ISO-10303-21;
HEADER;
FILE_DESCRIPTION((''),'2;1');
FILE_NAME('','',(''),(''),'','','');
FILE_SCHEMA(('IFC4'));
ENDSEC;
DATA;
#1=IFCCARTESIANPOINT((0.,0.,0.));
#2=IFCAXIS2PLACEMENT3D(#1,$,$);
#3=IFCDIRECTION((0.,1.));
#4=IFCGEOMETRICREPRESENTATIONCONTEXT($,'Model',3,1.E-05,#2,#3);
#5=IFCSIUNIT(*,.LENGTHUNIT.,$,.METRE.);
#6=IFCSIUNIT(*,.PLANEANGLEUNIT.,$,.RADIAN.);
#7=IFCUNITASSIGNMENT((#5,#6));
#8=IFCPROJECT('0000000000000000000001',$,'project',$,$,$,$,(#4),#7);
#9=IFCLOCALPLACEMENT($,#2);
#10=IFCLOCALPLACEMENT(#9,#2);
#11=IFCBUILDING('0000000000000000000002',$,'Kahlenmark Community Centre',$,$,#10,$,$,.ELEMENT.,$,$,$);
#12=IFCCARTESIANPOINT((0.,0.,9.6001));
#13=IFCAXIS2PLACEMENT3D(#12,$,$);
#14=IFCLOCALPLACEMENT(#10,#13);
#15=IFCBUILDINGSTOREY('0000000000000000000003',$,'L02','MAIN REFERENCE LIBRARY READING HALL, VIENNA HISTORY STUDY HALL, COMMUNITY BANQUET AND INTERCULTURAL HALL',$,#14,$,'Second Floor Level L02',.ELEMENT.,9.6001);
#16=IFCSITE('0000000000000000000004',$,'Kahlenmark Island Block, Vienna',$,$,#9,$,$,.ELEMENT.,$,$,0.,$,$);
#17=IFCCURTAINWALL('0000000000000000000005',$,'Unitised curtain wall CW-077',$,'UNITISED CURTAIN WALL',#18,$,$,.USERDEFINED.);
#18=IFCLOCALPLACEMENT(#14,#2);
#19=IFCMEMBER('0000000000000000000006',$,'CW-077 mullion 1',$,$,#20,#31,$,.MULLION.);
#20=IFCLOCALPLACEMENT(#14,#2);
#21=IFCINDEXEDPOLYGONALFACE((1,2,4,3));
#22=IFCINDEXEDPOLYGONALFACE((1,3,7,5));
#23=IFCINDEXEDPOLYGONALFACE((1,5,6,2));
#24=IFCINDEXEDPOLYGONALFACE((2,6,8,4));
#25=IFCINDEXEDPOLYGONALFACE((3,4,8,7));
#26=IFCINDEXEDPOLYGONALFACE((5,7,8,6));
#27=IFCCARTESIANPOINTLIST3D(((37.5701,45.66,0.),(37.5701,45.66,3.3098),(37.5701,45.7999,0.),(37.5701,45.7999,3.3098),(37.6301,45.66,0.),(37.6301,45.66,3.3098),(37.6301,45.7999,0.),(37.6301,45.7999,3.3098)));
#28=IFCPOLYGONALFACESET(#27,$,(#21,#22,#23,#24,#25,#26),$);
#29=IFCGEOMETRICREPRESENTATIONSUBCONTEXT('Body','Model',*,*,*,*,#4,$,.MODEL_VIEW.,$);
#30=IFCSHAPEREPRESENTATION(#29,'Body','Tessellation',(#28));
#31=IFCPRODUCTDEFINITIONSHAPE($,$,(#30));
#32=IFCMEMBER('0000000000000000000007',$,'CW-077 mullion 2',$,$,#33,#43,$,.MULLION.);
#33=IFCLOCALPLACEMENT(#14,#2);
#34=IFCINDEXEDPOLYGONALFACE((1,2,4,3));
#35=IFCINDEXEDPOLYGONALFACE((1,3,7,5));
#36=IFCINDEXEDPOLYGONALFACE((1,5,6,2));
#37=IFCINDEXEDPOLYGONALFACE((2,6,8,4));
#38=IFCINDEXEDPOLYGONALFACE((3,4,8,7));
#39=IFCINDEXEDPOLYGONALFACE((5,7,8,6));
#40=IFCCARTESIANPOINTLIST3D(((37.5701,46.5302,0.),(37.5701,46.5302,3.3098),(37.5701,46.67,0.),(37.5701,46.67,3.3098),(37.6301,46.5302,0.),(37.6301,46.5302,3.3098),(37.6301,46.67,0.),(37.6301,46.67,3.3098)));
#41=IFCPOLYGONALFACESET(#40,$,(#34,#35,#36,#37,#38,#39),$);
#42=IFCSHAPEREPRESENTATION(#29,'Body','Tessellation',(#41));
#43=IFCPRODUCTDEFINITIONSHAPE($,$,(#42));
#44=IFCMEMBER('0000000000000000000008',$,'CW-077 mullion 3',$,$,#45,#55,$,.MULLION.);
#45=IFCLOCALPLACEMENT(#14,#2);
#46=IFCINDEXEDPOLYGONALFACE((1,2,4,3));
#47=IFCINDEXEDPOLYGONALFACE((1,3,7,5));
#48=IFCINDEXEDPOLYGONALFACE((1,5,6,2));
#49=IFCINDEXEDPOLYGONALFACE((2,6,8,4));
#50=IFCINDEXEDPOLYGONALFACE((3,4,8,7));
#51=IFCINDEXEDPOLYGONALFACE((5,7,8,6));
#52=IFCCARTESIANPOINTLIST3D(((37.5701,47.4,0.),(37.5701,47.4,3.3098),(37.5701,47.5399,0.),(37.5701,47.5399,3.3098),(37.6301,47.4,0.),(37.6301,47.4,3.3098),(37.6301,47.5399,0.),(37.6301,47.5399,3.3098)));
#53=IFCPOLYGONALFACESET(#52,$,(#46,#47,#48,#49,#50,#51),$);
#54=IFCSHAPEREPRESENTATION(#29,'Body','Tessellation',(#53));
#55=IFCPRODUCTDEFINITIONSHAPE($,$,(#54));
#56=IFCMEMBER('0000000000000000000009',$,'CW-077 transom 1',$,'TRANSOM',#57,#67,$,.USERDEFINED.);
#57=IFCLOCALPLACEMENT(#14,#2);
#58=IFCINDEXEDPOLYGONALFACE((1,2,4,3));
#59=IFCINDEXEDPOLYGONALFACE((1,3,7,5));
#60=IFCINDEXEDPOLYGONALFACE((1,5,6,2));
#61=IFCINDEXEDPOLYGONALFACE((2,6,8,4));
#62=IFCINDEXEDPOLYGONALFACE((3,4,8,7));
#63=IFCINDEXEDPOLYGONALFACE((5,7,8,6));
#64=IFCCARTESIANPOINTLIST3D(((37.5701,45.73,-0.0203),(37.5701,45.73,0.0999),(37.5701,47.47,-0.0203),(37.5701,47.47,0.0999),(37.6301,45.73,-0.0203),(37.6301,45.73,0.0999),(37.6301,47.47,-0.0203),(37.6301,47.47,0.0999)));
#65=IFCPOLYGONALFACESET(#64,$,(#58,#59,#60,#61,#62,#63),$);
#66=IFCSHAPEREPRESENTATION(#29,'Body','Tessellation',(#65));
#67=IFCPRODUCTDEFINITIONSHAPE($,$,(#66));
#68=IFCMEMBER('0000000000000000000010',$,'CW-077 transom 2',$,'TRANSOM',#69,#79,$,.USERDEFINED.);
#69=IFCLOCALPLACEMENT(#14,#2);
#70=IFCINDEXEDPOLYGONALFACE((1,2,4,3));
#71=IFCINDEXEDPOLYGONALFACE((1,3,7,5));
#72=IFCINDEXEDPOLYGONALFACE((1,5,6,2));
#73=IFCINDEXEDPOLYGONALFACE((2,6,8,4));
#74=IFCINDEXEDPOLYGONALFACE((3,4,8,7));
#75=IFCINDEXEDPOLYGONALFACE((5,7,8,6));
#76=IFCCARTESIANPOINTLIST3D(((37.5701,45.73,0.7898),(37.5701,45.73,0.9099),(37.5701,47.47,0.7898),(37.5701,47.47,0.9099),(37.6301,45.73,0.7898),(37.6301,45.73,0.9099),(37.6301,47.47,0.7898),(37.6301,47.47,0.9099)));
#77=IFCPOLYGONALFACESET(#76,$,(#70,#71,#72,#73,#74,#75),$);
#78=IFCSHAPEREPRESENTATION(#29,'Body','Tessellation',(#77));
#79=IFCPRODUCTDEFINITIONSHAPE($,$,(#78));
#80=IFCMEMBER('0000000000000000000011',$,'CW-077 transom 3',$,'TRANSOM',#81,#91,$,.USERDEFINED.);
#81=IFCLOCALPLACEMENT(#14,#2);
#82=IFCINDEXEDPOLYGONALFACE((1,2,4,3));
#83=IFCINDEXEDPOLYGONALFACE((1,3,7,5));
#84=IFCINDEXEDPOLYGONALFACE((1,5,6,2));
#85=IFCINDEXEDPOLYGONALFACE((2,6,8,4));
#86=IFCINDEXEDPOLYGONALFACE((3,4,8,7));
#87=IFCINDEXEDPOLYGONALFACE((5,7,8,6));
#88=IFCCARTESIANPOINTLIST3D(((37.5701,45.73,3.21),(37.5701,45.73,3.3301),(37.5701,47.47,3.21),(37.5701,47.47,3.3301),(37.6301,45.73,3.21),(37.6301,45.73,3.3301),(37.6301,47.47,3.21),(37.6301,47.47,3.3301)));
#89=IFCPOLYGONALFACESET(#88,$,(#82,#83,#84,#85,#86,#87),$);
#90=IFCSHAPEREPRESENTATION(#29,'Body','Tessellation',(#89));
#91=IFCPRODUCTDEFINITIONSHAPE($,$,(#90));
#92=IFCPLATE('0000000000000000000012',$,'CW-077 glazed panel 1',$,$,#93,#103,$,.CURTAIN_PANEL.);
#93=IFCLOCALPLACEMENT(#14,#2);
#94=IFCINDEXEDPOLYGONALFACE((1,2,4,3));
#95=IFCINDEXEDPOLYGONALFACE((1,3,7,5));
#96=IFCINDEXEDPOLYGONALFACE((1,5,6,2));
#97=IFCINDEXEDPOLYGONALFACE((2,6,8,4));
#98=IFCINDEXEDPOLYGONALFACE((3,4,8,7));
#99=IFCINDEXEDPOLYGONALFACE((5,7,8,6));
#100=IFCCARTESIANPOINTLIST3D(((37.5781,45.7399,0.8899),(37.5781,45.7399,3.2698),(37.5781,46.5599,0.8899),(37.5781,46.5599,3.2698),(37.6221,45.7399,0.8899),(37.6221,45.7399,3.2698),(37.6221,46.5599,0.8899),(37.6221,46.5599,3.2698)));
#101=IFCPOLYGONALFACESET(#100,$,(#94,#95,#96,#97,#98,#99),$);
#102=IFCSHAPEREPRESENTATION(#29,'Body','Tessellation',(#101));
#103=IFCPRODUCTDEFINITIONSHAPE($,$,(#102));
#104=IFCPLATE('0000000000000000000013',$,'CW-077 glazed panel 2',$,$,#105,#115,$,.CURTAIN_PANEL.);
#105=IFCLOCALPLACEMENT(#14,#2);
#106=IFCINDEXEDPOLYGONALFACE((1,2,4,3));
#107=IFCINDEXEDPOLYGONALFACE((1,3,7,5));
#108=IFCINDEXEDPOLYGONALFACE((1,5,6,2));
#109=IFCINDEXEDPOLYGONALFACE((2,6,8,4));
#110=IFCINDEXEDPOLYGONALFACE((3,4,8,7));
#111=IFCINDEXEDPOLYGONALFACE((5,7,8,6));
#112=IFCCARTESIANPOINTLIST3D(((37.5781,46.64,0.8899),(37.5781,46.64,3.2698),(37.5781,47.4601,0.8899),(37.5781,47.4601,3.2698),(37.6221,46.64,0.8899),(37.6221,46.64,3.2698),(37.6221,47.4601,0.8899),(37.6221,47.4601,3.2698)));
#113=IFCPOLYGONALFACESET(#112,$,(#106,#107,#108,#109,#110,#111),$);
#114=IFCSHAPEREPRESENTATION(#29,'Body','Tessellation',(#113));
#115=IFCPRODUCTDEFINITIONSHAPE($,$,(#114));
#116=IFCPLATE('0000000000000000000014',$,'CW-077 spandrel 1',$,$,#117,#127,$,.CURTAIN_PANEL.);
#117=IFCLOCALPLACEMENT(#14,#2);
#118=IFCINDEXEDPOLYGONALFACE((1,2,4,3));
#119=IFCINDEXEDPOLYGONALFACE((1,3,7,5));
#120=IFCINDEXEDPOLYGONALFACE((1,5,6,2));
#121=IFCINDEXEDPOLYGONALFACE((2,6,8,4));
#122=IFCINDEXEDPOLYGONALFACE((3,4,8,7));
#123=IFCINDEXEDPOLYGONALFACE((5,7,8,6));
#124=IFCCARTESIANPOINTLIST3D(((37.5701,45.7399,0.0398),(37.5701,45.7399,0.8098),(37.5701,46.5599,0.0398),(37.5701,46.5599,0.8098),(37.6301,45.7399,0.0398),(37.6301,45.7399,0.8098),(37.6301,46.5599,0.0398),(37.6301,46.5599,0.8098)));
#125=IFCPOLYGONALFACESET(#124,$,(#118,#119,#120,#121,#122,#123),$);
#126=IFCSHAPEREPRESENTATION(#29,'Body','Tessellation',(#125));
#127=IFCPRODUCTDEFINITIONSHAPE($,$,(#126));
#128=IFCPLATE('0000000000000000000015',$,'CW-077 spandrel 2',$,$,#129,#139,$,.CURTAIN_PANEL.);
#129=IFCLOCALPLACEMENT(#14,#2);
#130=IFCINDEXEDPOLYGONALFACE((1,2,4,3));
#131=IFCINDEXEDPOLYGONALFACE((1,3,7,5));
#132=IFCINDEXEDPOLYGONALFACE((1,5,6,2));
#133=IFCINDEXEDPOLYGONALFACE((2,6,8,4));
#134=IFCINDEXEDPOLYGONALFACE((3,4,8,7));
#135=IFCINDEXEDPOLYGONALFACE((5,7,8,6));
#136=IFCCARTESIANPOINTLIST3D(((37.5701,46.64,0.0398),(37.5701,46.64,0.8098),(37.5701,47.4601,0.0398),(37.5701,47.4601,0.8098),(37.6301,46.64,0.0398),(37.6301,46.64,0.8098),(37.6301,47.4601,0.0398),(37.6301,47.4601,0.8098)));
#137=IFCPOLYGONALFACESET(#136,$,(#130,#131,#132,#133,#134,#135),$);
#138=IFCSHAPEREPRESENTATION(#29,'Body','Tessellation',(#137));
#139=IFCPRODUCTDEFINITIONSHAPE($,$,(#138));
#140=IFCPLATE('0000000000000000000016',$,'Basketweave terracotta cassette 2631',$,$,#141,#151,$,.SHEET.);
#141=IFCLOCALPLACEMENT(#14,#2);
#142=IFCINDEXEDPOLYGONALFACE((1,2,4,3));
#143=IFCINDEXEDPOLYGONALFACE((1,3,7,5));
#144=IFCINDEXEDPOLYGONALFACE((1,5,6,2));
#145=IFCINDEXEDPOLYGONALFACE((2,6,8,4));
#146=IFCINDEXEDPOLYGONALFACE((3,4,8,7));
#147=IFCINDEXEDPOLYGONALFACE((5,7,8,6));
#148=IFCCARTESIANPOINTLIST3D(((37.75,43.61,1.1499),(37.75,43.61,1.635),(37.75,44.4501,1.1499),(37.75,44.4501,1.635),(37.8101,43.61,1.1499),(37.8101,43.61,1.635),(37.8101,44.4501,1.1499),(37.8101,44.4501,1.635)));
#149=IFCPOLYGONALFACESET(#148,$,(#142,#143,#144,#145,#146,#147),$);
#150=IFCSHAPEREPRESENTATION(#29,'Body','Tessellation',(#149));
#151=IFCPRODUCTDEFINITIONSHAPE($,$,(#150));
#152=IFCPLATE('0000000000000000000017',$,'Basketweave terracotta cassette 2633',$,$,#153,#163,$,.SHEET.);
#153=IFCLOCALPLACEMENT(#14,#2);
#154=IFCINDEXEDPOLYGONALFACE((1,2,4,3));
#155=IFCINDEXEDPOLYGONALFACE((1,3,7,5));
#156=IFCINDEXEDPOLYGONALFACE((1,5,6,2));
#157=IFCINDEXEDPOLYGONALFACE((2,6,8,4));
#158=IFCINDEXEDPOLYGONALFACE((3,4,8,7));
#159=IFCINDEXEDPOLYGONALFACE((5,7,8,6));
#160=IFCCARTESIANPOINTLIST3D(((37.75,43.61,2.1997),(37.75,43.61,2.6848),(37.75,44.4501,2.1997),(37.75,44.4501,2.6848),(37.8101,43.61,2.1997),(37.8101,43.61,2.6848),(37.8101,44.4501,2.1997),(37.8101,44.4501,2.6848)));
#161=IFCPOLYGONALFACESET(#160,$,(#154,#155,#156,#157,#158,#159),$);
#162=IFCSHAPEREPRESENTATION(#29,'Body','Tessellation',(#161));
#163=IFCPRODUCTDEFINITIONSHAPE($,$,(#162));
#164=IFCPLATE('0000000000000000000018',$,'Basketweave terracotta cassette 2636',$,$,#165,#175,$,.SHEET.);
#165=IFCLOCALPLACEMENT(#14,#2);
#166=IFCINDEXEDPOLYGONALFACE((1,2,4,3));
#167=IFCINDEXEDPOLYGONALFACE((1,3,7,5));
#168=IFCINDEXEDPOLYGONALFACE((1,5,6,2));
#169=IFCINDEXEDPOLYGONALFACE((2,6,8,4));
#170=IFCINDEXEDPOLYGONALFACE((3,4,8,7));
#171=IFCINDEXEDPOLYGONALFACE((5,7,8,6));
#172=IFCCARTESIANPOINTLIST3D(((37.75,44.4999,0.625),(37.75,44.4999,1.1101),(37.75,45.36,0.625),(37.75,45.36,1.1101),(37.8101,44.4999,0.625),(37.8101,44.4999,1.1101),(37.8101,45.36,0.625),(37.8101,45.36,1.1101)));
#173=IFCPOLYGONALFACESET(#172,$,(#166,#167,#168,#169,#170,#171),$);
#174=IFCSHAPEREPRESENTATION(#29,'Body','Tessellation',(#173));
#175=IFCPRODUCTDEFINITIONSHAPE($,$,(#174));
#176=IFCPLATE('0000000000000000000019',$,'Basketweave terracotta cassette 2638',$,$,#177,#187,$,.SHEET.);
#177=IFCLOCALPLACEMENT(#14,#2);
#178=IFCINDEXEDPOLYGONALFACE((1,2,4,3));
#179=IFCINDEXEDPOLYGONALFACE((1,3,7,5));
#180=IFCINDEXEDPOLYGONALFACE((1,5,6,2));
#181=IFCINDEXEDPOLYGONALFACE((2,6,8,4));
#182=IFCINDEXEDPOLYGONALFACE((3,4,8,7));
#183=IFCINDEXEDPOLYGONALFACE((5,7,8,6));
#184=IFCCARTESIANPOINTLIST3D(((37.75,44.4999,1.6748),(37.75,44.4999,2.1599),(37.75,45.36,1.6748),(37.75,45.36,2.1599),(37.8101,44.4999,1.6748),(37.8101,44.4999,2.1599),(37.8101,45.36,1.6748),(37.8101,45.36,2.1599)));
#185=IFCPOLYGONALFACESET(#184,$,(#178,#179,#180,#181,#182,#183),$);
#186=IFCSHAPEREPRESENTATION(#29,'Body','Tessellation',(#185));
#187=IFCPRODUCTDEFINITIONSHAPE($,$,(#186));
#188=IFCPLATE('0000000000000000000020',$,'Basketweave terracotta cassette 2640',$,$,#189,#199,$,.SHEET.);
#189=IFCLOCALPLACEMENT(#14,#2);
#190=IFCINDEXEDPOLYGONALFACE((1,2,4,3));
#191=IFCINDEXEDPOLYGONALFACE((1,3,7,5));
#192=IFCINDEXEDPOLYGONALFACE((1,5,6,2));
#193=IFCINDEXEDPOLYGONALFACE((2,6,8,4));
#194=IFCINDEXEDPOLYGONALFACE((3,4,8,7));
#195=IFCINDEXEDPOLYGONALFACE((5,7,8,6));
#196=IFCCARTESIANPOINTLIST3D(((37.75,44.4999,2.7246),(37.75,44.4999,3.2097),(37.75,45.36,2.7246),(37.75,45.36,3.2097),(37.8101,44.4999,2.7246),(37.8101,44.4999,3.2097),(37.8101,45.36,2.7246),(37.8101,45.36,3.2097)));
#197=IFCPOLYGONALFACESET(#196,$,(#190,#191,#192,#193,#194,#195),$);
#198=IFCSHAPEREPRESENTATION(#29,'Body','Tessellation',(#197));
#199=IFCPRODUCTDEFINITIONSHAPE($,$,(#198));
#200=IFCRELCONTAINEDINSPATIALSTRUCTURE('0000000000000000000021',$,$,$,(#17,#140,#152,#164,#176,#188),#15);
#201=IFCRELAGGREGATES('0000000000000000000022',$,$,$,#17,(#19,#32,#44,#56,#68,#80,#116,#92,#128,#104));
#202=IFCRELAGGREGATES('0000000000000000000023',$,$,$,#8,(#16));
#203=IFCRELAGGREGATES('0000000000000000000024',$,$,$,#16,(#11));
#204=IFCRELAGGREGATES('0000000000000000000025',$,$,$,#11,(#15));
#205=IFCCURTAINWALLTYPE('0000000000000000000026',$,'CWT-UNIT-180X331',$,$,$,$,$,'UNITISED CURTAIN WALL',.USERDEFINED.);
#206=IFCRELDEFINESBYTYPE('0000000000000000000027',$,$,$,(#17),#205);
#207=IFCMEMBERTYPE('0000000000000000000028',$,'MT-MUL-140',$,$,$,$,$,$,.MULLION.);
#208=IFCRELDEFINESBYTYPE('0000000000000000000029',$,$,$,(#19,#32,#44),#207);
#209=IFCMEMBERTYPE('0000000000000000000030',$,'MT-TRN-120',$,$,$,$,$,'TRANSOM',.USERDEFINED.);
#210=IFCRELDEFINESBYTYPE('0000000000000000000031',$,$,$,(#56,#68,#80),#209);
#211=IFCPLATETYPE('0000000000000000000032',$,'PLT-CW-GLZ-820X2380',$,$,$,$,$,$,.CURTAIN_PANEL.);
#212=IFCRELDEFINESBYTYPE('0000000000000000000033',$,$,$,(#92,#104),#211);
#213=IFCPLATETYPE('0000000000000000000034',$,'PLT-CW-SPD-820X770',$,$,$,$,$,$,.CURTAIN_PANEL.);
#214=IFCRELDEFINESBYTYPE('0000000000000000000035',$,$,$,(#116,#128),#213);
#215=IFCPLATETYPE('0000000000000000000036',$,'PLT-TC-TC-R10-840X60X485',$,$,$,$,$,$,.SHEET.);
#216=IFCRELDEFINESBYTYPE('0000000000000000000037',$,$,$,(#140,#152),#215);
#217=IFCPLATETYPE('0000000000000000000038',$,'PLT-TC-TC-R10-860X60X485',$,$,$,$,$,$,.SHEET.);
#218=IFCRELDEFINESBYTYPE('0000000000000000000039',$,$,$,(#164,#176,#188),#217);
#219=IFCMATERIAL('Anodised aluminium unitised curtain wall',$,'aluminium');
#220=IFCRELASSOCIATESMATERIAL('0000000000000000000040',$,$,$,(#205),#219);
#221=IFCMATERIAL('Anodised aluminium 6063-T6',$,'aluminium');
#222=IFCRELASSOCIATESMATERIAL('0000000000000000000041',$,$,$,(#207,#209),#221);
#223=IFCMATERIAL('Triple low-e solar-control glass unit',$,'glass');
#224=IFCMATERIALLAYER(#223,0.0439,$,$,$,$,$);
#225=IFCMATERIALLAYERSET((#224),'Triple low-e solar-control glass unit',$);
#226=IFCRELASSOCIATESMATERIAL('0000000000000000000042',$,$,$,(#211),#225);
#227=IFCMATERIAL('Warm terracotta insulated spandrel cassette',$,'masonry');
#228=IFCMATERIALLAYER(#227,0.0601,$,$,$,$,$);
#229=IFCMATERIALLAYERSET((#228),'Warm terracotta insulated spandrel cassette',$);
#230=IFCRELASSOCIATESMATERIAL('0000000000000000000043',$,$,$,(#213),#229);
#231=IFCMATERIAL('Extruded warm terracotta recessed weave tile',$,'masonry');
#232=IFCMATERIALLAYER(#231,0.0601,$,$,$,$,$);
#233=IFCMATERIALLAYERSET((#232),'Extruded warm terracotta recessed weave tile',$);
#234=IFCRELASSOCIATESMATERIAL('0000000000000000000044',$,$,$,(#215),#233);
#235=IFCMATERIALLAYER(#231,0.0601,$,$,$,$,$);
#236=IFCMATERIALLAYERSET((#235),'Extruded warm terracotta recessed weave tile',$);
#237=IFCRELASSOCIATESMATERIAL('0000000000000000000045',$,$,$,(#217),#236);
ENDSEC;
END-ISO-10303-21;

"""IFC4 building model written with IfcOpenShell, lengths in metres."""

from ifc_helpers import new_model, si_unit, direction, frame, origin, origin_2d, place, context, subcontext, project, spatial, rectangle, extrude, material, layer, layer_set, material_profile, profile_set, type_object, element, aggregate, save


model = new_model("IFC4")

# Units and contexts
model_context = context("Model", 3, precision=1e-05, world=origin(), true_north=direction((0.0, 1.0)))
body_context = subcontext(model_context, "Body", "Model", "MODEL_VIEW")
ifc_project = project(units=[si_unit("LENGTHUNIT", "METRE"), si_unit("PLANEANGLEUNIT", "RADIAN")], contexts=[model_context])

# Site, building, storey
site_placement = place(None, origin())
site = spatial("IfcSite", under=ifc_project, at=site_placement, Name="Kahlenmark Island Block, Vienna", CompositionType="ELEMENT", RefElevation=0.0)
building_placement = place(site_placement, origin())
building = spatial("IfcBuilding", under=site, at=building_placement, Name="Kahlenmark Community Centre", CompositionType="ELEMENT")
storey_placement = place(building_placement, frame((0.0, 0.0, 9.6001)))
storey = spatial("IfcBuildingStorey", under=building, at=storey_placement, Name="L02", Description="MAIN REFERENCE LIBRARY READING HALL, VIENNA HISTORY STUDY HALL, COMMUNITY BANQUET AND INTERCULTURAL HALL", LongName="Second Floor Level L02", CompositionType="ELEMENT", Elevation=9.6001)

# Curtain wall, members, plates
ifc_material_1 = material(Name="Anodised aluminium unitised curtain wall", Category="aluminium")
curtain_wall_type = type_object("IfcCurtainWallType", Name="CWT-UNIT-180X331", ElementType="UNITISED CURTAIN WALL", PredefinedType="USERDEFINED", material=ifc_material_1)
curtain_wall_placement = place(storey_placement, origin())
curtain_wall = element("IfcCurtainWall", 1, at=curtain_wall_placement, inside=storey, type_object=curtain_wall_type, Name="Unitised curtain wall CW-077", ObjectType="UNITISED CURTAIN WALL", PredefinedType="USERDEFINED")
ifc_material_2 = material(Name="Anodised aluminium 6063-T6", Category="aluminium")
ifc_material_profile_1 = material_profile(ifc_material_2, rectangle(XDim=0.0601, YDim=0.1399, at=origin_2d()), Name="ALU MULLION 60x140")
ifc_profile_set_1 = profile_set([ifc_material_profile_1], Name="Anodised aluminium 6063-T6")
member_type_1 = type_object("IfcMemberType", Name="MT-MUL-140", PredefinedType="MULLION", material=ifc_profile_set_1)
member_1_placement = place(storey_placement, frame((37.6001, 45.73, 0.0), z_axis=(0.0, 0.0, 1.0), x_axis=(-1.0, 0.0, 0.0)))
member_1 = element("IfcMember", 2, at=member_1_placement, type_object=member_type_1, Name="CW-077 mullion 1", PredefinedType="MULLION", context=body_context, shape_type="SweptSolid", body=[
    extrude(rectangle(XDim=0.0601, YDim=0.1399, at=origin_2d()), origin(), (0.0, 0.0, 1.0), 3.3098),
])
member_2_placement = place(storey_placement, frame((37.6001, 46.6001, 0.0), z_axis=(0.0, 0.0, 1.0), x_axis=(-1.0, 0.0, 0.0)))
member_2 = element("IfcMember", 3, at=member_2_placement, type_object=member_type_1, Name="CW-077 mullion 2", PredefinedType="MULLION", context=body_context, shape_type="SweptSolid", body=[
    extrude(rectangle(XDim=0.0601, YDim=0.1399, at=origin_2d()), origin(), (0.0, 0.0, 1.0), 3.3098),
])
member_3_placement = place(storey_placement, frame((37.6001, 47.47, 0.0), z_axis=(0.0, 0.0, 1.0), x_axis=(-1.0, 0.0, 0.0)))
member_3 = element("IfcMember", 4, at=member_3_placement, type_object=member_type_1, Name="CW-077 mullion 3", PredefinedType="MULLION", context=body_context, shape_type="SweptSolid", body=[
    extrude(rectangle(XDim=0.0601, YDim=0.1399, at=origin_2d()), origin(), (0.0, 0.0, 1.0), 3.3098),
])
ifc_material_profile_2 = material_profile(ifc_material_2, rectangle(XDim=0.0601, YDim=0.1201, at=origin_2d()), Name="ALU TRANSOM 60x120")
ifc_profile_set_2 = profile_set([ifc_material_profile_2], Name="Anodised aluminium 6063-T6")
member_type_2 = type_object("IfcMemberType", Name="MT-TRN-120", ElementType="TRANSOM", PredefinedType="USERDEFINED", material=ifc_profile_set_2)
member_4_placement = place(storey_placement, frame((37.6001, 45.73, 0.0398), z_axis=(0.0, 1.0, 0.0), x_axis=(-1.0, 0.0, 0.0)))
member_4 = element("IfcMember", 5, at=member_4_placement, type_object=member_type_2, Name="CW-077 transom 1", ObjectType="TRANSOM", PredefinedType="USERDEFINED", context=body_context, shape_type="SweptSolid", body=[
    extrude(rectangle(XDim=0.0601, YDim=0.1201, at=origin_2d()), origin(), (0.0, 0.0, 1.0), 1.74),
])
member_5_placement = place(storey_placement, frame((37.6001, 45.73, 0.8499), z_axis=(0.0, 1.0, 0.0), x_axis=(-1.0, 0.0, 0.0)))
member_5 = element("IfcMember", 6, at=member_5_placement, type_object=member_type_2, Name="CW-077 transom 2", ObjectType="TRANSOM", PredefinedType="USERDEFINED", context=body_context, shape_type="SweptSolid", body=[
    extrude(rectangle(XDim=0.0601, YDim=0.1201, at=origin_2d()), origin(), (0.0, 0.0, 1.0), 1.74),
])
member_6_placement = place(storey_placement, frame((37.6001, 45.73, 3.27), z_axis=(0.0, 1.0, 0.0), x_axis=(-1.0, 0.0, 0.0)))
member_6 = element("IfcMember", 7, at=member_6_placement, type_object=member_type_2, Name="CW-077 transom 3", ObjectType="TRANSOM", PredefinedType="USERDEFINED", context=body_context, shape_type="SweptSolid", body=[
    extrude(rectangle(XDim=0.0601, YDim=0.1201, at=origin_2d()), origin(), (0.0, 0.0, 1.0), 1.74),
])
ifc_material_3 = material(Name="Triple low-e solar-control glass unit", Category="glass")
ifc_layer_1 = layer(ifc_material_3, 0.0439)
ifc_layer_set_1 = layer_set([ifc_layer_1], Name="Triple low-e solar-control glass unit")
plate_type_1 = type_object("IfcPlateType", Name="PLT-CW-GLZ-820X2380", PredefinedType="CURTAIN_PANEL", material=ifc_layer_set_1)
plate_1_placement = place(storey_placement, frame((37.6001, 46.1499, 0.8899), z_axis=(0.0, 0.0, 1.0), x_axis=(0.0, 1.0, 0.0)))
plate_1 = element("IfcPlate", 8, at=plate_1_placement, type_object=plate_type_1, Name="CW-077 glazed panel 1", PredefinedType="CURTAIN_PANEL", context=body_context, shape_type="SweptSolid", body=[
    extrude(rectangle(XDim=0.8201, YDim=0.0439, at=origin_2d()), origin(), (0.0, 0.0, 1.0), 2.3799),
])
plate_2_placement = place(storey_placement, frame((37.6001, 47.05, 0.8899), z_axis=(0.0, 0.0, 1.0), x_axis=(0.0, 1.0, 0.0)))
plate_2 = element("IfcPlate", 9, at=plate_2_placement, type_object=plate_type_1, Name="CW-077 glazed panel 2", PredefinedType="CURTAIN_PANEL", context=body_context, shape_type="SweptSolid", body=[
    extrude(rectangle(XDim=0.8201, YDim=0.0439, at=origin_2d()), origin(), (0.0, 0.0, 1.0), 2.3799),
])
ifc_material_4 = material(Name="Warm terracotta insulated spandrel cassette", Category="masonry")
ifc_layer_2 = layer(ifc_material_4, 0.0601)
ifc_layer_set_2 = layer_set([ifc_layer_2], Name="Warm terracotta insulated spandrel cassette")
plate_type_2 = type_object("IfcPlateType", Name="PLT-CW-SPD-820X770", PredefinedType="CURTAIN_PANEL", material=ifc_layer_set_2)
plate_3_placement = place(storey_placement, frame((37.6001, 46.1499, 0.0398), z_axis=(0.0, 0.0, 1.0), x_axis=(0.0, 1.0, 0.0)))
plate_3 = element("IfcPlate", 10, at=plate_3_placement, type_object=plate_type_2, Name="CW-077 spandrel 1", PredefinedType="CURTAIN_PANEL", context=body_context, shape_type="SweptSolid", body=[
    extrude(rectangle(XDim=0.8201, YDim=0.0601, at=origin_2d()), origin(), (0.0, 0.0, 1.0), 0.77),
])
plate_4_placement = place(storey_placement, frame((37.6001, 47.05, 0.0398), z_axis=(0.0, 0.0, 1.0), x_axis=(0.0, 1.0, 0.0)))
plate_4 = element("IfcPlate", 11, at=plate_4_placement, type_object=plate_type_2, Name="CW-077 spandrel 2", PredefinedType="CURTAIN_PANEL", context=body_context, shape_type="SweptSolid", body=[
    extrude(rectangle(XDim=0.8201, YDim=0.0601, at=origin_2d()), origin(), (0.0, 0.0, 1.0), 0.77),
])
aggregate(curtain_wall, [member_1, member_2, member_3, member_4, member_5, member_6, plate_3, plate_1, plate_4, plate_2])

# Plates
ifc_material_5 = material(Name="Extruded warm terracotta recessed weave tile", Category="masonry")
ifc_layer_3 = layer(ifc_material_5, 0.0601)
ifc_layer_set_3 = layer_set([ifc_layer_3], Name="Extruded warm terracotta recessed weave tile")
plate_type_3 = type_object("IfcPlateType", Name="PLT-TC-TC-R10-840X60X485", PredefinedType="SHEET", material=ifc_layer_set_3)
for number, where, z_axis, x_axis, name in (
    (12, (37.78, 44.03, 1.1499), (0.0, 0.0, 1.0), (0.0, 1.0, 0.0), "Basketweave terracotta cassette 2631"),
    (13, (37.78, 44.03, 2.1997), (0.0, 0.0, 1.0), (0.0, 1.0, 0.0), "Basketweave terracotta cassette 2633"),
):
    element("IfcPlate", number, at=place(storey_placement, frame(where, z_axis=z_axis, x_axis=x_axis)), inside=storey, type_object=plate_type_3, Name=name, PredefinedType="SHEET", context=body_context, shape_type="SweptSolid", body=[
        extrude(rectangle(XDim=0.8401, YDim=0.0601, at=origin_2d()), origin(), (0.0, 0.0, 1.0), 0.4851),
    ])
ifc_layer_4 = layer(ifc_material_5, 0.0601)
ifc_layer_set_4 = layer_set([ifc_layer_4], Name="Extruded warm terracotta recessed weave tile")
plate_type_4 = type_object("IfcPlateType", Name="PLT-TC-TC-R10-860X60X485", PredefinedType="SHEET", material=ifc_layer_set_4)
for number, where, z_axis, x_axis, name in (
    (14, (37.78, 44.9299, 0.625), (0.0, 0.0, 1.0), (0.0, 1.0, 0.0), "Basketweave terracotta cassette 2636"),
    (15, (37.78, 44.9299, 1.6748), (0.0, 0.0, 1.0), (0.0, 1.0, 0.0), "Basketweave terracotta cassette 2638"),
    (16, (37.78, 44.9299, 2.7246), (0.0, 0.0, 1.0), (0.0, 1.0, 0.0), "Basketweave terracotta cassette 2640"),
):
    element("IfcPlate", number, at=place(storey_placement, frame(where, z_axis=z_axis, x_axis=x_axis)), inside=storey, type_object=plate_type_4, Name=name, PredefinedType="SHEET", context=body_context, shape_type="SweptSolid", body=[
        extrude(rectangle(XDim=0.8601, YDim=0.0601, at=origin_2d()), origin(), (0.0, 0.0, 1.0), 0.4851),
    ])

save(model, "model.ifc")
